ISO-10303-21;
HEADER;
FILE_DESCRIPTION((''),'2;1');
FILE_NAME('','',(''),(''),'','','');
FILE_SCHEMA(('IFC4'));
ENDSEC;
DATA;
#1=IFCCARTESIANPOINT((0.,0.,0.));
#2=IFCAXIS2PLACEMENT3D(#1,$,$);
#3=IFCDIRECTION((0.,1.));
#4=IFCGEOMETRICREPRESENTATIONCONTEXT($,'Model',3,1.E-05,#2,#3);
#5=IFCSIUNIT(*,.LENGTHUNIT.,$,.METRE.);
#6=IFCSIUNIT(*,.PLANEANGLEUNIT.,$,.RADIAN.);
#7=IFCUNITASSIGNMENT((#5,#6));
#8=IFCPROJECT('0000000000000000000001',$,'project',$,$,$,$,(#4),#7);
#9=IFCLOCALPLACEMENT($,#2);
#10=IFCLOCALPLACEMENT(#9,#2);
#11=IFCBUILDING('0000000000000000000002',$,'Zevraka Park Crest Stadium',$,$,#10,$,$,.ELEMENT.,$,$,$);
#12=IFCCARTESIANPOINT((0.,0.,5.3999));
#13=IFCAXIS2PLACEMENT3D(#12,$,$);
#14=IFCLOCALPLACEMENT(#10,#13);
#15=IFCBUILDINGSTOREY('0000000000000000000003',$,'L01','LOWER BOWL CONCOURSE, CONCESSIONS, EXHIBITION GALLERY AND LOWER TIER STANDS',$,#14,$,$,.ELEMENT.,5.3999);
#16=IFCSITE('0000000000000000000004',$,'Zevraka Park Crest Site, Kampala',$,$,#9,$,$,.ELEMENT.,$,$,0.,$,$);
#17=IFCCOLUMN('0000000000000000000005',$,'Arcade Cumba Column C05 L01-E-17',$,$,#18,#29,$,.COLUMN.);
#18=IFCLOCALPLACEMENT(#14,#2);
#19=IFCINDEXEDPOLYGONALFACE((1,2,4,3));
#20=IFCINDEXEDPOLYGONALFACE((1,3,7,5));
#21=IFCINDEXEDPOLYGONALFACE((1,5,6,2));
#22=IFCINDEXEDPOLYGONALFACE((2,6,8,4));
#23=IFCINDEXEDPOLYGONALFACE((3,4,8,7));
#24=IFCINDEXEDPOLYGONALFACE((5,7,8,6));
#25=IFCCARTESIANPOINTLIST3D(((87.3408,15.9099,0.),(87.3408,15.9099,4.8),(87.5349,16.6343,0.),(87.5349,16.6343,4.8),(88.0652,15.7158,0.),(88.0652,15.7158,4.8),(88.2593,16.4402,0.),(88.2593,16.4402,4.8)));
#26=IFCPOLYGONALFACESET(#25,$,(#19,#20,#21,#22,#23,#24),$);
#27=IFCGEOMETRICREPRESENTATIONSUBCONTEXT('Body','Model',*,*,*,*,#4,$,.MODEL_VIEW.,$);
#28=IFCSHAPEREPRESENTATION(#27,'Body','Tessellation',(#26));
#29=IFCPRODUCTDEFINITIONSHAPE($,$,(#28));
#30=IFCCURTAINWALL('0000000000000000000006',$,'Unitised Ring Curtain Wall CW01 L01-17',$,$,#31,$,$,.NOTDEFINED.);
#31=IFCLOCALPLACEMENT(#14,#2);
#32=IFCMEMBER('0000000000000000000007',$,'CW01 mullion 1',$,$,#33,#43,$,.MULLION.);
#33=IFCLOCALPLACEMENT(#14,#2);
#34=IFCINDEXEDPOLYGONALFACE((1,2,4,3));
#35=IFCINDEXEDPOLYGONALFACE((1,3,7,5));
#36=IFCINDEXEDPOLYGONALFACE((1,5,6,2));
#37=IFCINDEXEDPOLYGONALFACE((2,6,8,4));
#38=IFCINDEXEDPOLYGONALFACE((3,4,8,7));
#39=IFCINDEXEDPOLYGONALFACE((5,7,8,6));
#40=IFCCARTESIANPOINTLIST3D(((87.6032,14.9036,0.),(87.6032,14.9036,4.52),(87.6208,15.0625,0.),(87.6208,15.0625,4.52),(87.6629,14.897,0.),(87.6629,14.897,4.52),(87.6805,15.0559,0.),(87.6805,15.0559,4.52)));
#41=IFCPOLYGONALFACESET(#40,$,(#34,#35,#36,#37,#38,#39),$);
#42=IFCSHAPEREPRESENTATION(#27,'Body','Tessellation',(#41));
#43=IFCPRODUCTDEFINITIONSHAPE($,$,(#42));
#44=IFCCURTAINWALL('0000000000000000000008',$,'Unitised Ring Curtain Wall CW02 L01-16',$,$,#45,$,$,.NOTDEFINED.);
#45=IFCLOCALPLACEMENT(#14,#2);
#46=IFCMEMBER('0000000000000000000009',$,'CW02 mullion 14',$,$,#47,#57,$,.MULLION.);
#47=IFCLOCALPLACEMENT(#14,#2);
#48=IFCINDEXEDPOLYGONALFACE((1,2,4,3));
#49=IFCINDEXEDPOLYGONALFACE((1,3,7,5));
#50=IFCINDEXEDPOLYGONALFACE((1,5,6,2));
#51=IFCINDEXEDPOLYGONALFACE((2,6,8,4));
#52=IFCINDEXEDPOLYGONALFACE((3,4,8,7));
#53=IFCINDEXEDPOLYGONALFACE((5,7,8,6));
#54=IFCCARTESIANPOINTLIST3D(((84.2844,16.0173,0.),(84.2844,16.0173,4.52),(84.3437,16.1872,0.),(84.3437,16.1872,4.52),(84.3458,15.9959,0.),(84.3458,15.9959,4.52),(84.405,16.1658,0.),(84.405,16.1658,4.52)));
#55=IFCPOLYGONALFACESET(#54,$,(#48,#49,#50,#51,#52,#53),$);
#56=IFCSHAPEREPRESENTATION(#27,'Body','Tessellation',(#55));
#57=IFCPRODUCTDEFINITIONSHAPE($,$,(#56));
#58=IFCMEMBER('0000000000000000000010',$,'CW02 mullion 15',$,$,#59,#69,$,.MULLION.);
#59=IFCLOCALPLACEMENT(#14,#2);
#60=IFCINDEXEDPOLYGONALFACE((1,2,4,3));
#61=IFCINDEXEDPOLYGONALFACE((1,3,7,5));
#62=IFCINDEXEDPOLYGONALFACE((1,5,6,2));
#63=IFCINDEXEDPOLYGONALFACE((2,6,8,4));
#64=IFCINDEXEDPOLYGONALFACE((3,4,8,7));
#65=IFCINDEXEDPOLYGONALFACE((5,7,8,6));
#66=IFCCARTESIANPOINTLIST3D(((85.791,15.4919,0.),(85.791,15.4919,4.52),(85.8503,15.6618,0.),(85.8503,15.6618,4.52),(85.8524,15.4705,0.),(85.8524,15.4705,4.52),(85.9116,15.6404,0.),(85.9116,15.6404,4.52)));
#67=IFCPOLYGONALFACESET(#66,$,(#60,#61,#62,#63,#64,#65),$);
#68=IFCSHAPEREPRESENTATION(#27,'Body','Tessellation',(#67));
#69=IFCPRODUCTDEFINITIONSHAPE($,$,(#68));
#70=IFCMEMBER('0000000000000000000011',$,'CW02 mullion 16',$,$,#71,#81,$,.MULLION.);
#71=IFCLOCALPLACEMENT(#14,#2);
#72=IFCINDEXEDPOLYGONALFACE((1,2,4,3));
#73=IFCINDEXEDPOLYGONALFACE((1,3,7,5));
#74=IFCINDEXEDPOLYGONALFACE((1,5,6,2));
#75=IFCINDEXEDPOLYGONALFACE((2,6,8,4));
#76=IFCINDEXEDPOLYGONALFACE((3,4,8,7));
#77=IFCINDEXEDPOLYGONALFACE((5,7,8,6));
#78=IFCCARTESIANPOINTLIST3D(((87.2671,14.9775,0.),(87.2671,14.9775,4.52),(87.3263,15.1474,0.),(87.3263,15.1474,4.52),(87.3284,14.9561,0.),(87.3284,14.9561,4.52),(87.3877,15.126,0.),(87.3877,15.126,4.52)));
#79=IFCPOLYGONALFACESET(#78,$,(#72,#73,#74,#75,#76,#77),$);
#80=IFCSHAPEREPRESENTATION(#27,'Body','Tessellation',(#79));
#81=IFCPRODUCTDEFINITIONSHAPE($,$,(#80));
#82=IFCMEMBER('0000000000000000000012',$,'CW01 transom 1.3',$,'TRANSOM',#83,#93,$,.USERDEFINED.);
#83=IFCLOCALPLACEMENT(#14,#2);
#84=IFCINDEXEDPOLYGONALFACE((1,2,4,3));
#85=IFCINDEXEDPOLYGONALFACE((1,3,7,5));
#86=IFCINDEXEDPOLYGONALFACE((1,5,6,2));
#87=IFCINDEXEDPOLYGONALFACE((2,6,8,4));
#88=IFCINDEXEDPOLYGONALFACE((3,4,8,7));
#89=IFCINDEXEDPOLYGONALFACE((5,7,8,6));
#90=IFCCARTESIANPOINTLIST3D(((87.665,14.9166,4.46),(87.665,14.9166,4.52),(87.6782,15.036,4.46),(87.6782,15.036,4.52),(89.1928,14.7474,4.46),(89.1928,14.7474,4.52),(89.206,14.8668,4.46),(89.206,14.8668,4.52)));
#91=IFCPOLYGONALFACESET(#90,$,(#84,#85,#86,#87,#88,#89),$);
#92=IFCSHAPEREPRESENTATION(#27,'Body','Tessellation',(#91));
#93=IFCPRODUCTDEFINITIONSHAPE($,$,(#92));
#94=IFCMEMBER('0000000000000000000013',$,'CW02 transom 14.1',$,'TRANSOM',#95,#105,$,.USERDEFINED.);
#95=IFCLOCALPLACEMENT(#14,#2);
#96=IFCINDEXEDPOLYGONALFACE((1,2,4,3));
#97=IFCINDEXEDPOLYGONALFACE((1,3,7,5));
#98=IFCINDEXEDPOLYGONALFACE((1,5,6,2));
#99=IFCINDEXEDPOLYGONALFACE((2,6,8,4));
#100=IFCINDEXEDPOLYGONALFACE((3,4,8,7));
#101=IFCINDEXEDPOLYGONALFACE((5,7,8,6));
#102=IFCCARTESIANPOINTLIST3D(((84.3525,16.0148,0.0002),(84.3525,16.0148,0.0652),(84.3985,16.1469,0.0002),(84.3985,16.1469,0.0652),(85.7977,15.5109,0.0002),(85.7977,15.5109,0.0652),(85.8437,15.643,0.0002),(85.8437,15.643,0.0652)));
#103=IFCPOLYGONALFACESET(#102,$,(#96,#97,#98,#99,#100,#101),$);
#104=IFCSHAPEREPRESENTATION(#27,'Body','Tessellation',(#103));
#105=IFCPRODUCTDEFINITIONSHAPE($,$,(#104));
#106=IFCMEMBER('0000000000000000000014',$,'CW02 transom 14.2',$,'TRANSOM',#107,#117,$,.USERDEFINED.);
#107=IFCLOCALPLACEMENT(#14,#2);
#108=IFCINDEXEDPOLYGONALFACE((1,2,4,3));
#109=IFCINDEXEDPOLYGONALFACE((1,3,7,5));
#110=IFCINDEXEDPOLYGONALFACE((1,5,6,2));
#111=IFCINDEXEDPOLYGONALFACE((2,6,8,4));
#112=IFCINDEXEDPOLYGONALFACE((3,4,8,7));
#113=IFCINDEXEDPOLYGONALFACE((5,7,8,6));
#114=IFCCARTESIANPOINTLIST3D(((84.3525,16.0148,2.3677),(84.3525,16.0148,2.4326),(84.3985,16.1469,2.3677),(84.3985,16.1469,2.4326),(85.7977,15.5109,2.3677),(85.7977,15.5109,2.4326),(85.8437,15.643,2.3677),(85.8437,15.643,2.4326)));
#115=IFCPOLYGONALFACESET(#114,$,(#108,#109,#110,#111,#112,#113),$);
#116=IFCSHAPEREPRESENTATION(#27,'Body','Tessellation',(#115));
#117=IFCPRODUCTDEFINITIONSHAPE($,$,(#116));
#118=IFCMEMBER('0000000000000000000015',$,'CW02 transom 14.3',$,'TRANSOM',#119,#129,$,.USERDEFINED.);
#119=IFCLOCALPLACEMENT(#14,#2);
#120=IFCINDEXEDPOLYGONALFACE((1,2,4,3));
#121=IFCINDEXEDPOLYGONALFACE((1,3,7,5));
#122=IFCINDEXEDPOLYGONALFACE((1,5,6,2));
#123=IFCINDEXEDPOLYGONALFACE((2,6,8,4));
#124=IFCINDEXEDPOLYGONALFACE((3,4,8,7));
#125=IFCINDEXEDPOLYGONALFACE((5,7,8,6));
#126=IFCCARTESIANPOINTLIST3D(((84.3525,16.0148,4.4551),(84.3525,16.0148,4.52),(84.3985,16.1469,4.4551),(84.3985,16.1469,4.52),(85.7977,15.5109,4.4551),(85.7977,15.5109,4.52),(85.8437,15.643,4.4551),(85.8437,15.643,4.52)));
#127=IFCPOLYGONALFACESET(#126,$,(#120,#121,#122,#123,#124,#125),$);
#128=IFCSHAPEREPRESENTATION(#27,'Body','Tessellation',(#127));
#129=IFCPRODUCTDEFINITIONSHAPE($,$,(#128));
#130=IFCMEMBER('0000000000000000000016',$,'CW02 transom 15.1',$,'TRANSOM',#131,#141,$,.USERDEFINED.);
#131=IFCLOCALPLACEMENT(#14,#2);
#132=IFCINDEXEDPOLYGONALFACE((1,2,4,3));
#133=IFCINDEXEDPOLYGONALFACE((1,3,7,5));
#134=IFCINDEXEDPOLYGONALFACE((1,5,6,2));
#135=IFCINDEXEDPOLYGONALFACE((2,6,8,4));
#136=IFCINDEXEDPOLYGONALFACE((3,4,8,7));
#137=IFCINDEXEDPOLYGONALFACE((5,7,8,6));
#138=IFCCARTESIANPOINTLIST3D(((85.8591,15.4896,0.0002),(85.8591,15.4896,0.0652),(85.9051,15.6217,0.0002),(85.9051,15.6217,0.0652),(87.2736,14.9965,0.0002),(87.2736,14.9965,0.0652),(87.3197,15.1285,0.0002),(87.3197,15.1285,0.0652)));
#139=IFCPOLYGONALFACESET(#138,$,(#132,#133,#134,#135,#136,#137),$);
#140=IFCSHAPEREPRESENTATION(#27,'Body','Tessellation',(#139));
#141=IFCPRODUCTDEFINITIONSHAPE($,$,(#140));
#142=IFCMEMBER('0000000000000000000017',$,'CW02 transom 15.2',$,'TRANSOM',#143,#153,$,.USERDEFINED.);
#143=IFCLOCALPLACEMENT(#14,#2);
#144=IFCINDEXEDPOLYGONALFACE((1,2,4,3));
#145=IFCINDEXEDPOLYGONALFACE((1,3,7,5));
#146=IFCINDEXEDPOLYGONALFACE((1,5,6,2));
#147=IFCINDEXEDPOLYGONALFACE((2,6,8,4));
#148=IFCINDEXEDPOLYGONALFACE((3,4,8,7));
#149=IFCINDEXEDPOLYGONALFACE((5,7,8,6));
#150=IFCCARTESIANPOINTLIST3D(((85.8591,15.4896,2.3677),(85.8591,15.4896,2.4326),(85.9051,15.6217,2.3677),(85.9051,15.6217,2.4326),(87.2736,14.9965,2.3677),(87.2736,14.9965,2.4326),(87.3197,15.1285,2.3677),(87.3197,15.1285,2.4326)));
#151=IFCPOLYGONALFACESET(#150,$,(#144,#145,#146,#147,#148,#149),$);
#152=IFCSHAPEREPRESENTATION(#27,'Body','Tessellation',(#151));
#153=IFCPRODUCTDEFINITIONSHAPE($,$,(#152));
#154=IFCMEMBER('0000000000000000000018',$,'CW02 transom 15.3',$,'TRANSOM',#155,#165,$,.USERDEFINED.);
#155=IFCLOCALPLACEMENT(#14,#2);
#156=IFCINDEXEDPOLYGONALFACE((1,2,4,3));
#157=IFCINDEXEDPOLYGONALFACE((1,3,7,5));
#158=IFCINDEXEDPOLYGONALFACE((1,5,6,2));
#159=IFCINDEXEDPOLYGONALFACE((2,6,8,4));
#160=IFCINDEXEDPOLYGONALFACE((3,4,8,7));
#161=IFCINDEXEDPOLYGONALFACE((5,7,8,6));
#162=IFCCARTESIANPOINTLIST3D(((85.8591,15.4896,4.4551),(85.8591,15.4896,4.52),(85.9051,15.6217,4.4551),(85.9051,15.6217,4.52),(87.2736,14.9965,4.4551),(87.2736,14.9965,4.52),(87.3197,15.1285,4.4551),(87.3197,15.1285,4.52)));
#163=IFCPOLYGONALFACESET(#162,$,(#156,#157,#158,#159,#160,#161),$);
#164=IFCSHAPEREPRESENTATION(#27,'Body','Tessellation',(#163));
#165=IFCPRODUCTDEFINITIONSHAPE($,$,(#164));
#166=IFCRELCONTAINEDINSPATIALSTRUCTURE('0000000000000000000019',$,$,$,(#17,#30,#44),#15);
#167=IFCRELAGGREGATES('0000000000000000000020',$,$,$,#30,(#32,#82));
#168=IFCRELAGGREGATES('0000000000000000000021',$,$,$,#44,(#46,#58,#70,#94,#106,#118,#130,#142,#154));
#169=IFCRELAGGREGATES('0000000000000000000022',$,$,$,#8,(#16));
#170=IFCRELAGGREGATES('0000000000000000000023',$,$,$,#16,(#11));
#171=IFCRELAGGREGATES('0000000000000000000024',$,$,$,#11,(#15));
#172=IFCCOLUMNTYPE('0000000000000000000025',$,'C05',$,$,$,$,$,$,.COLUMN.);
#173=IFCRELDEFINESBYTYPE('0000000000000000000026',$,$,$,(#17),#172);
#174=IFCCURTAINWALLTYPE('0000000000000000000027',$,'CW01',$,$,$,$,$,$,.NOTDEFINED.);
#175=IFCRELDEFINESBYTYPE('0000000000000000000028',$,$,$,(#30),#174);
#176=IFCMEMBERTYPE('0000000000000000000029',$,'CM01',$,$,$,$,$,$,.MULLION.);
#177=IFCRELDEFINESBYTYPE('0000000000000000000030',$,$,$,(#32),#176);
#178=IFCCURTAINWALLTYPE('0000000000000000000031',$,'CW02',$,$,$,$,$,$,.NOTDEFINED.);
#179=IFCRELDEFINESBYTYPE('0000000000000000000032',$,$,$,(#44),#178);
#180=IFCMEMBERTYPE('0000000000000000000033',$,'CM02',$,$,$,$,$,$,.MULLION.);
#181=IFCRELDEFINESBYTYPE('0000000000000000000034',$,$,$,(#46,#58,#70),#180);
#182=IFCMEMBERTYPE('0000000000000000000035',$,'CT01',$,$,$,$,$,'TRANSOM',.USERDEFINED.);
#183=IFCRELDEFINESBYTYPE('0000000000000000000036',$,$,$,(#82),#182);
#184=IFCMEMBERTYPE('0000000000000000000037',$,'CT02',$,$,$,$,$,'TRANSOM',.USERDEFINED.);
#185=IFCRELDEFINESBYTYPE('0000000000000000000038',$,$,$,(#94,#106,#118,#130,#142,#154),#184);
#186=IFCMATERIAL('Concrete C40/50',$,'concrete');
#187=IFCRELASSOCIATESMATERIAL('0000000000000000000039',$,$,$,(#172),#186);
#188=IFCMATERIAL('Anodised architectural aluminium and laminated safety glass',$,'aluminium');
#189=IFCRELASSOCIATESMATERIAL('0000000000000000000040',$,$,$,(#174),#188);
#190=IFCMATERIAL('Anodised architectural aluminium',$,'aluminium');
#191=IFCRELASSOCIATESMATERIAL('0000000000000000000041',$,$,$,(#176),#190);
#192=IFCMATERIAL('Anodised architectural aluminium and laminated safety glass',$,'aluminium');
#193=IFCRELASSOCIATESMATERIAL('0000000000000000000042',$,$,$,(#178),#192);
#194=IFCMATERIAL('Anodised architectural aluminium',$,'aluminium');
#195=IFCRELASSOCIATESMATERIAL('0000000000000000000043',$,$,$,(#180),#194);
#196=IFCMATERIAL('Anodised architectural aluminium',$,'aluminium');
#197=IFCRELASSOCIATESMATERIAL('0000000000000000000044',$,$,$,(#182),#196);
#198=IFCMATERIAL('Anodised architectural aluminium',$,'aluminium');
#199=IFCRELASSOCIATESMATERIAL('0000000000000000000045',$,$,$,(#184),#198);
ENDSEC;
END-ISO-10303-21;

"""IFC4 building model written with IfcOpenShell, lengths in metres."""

from ifc_helpers import new_model, si_unit, direction, frame, origin, origin_2d, place, context, subcontext, project, spatial, rectangle, extrude, material, material_profile, profile_set, type_object, element, aggregate, save


model = new_model("IFC4")

# Units and contexts
model_context = context("Model", 3, precision=1e-05, world=origin(), true_north=direction((0.0, 1.0)))
body_context = subcontext(model_context, "Body", "Model", "MODEL_VIEW")
ifc_project = project(units=[si_unit("LENGTHUNIT", "METRE"), si_unit("PLANEANGLEUNIT", "RADIAN")], contexts=[model_context])

# Site, building, storey
site_placement = place(None, origin())
site = spatial("IfcSite", under=ifc_project, at=site_placement, Name="Zevraka Park Crest Site, Kampala", CompositionType="ELEMENT", RefElevation=0.0)
building_placement = place(site_placement, origin())
building = spatial("IfcBuilding", under=site, at=building_placement, Name="Zevraka Park Crest Stadium", CompositionType="ELEMENT")
storey_placement = place(building_placement, frame((0.0, 0.0, 5.3999)))
storey = spatial("IfcBuildingStorey", under=building, at=storey_placement, Name="L01", Description="LOWER BOWL CONCOURSE, CONCESSIONS, EXHIBITION GALLERY AND LOWER TIER STANDS", CompositionType="ELEMENT", Elevation=5.3999)

# Column
ifc_material_1 = material(Name="Concrete C40/50", Category="concrete")
ifc_material_profile_1 = material_profile(ifc_material_1, rectangle(XDim=0.75, YDim=0.75, at=origin_2d()), Name="RC 750x750")
ifc_profile_set_1 = profile_set([ifc_material_profile_1], Name="Concrete C40/50")
column_type = type_object("IfcColumnType", Name="C05", PredefinedType="COLUMN", material=ifc_profile_set_1)
column_placement = place(storey_placement, frame((87.8, 16.175, 0.0), z_axis=(0.0, 0.0, 1.0), x_axis=(0.258819, 0.965926, 0.0)))
element("IfcColumn", 1, at=column_placement, inside=storey, type_object=column_type, Name="Arcade Cumba Column C05 L01-E-17", PredefinedType="COLUMN", context=body_context, shape_type="SweptSolid", body=[
    extrude(rectangle(XDim=0.75, YDim=0.75, at=origin_2d()), origin(), (0.0, 0.0, 1.0), 4.8),
])

# Curtain wall, member
ifc_material_2 = material(Name="Anodised architectural aluminium and laminated safety glass", Category="aluminium")
curtain_wall_type_1 = type_object("IfcCurtainWallType", Name="CW01", PredefinedType="NOTDEFINED", material=ifc_material_2)
curtain_wall_1_placement = place(storey_placement, origin())
curtain_wall_1 = element("IfcCurtainWall", 2, at=curtain_wall_1_placement, inside=storey, type_object=curtain_wall_type_1, Name="Unitised Ring Curtain Wall CW01 L01-17", PredefinedType="NOTDEFINED")
ifc_material_3 = material(Name="Anodised architectural aluminium", Category="aluminium")
ifc_material_profile_2 = material_profile(ifc_material_3, rectangle(XDim=0.1599, YDim=0.0601, at=origin_2d()), Name="ALU MULLION 160x60")
ifc_profile_set_2 = profile_set([ifc_material_profile_2], Name="Anodised architectural aluminium")
member_type_1 = type_object("IfcMemberType", Name="CM01", PredefinedType="MULLION", material=ifc_profile_set_2)
member_1_placement = place(storey_placement, frame((87.6418, 14.9797, 0.0), z_axis=(0.0, 0.0, 1.0), x_axis=(0.110135, 0.993917, 0.0)))
member_1 = element("IfcMember", 3, at=member_1_placement, type_object=member_type_1, Name="CW01 mullion 1", PredefinedType="MULLION", context=body_context, shape_type="SweptSolid", body=[
    extrude(rectangle(XDim=0.1599, YDim=0.0601, at=origin_2d()), origin(), (0.0, 0.0, 1.0), 4.52),
])

# Curtain wall, members
ifc_material_4 = material(Name="Anodised architectural aluminium and laminated safety glass", Category="aluminium")
curtain_wall_type_2 = type_object("IfcCurtainWallType", Name="CW02", PredefinedType="NOTDEFINED", material=ifc_material_4)
curtain_wall_2_placement = place(storey_placement, origin())
curtain_wall_2 = element("IfcCurtainWall", 4, at=curtain_wall_2_placement, inside=storey, type_object=curtain_wall_type_2, Name="Unitised Ring Curtain Wall CW02 L01-16", PredefinedType="NOTDEFINED")
ifc_material_5 = material(Name="Anodised architectural aluminium", Category="aluminium")
ifc_material_profile_3 = material_profile(ifc_material_5, rectangle(XDim=0.1799, YDim=0.0649, at=origin_2d()), Name="ALU MULLION 180x65")
ifc_profile_set_3 = profile_set([ifc_material_profile_3], Name="Anodised architectural aluminium")
member_type_2 = type_object("IfcMemberType", Name="CM02", PredefinedType="MULLION", material=ifc_profile_set_3)
member_2_placement = place(storey_placement, frame((84.3447, 16.0916, 0.0), z_axis=(0.0, 0.0, 1.0), x_axis=(0.329209, 0.944257, 0.0)))
member_2 = element("IfcMember", 5, at=member_2_placement, type_object=member_type_2, Name="CW02 mullion 14", PredefinedType="MULLION", context=body_context, shape_type="SweptSolid", body=[
    extrude(rectangle(XDim=0.1799, YDim=0.0649, at=origin_2d()), origin(), (0.0, 0.0, 1.0), 4.52),
])
member_3_placement = place(storey_placement, frame((85.8513, 15.5662, 0.0), z_axis=(0.0, 0.0, 1.0), x_axis=(0.329209, 0.944257, 0.0)))
member_3 = element("IfcMember", 6, at=member_3_placement, type_object=member_type_2, Name="CW02 mullion 15", PredefinedType="MULLION", context=body_context, shape_type="SweptSolid", body=[
    extrude(rectangle(XDim=0.1799, YDim=0.0649, at=origin_2d()), origin(), (0.0, 0.0, 1.0), 4.52),
])
member_4_placement = place(storey_placement, frame((87.3274, 15.0518, 0.0), z_axis=(0.0, 0.0, 1.0), x_axis=(0.329209, 0.944257, 0.0)))
member_4 = element("IfcMember", 7, at=member_4_placement, type_object=member_type_2, Name="CW02 mullion 16", PredefinedType="MULLION", context=body_context, shape_type="SweptSolid", body=[
    extrude(rectangle(XDim=0.1799, YDim=0.0649, at=origin_2d()), origin(), (0.0, 0.0, 1.0), 4.52),
])

# Members
ifc_material_6 = material(Name="Anodised architectural aluminium", Category="aluminium")
ifc_material_profile_4 = material_profile(ifc_material_6, rectangle(XDim=0.1201, YDim=0.0601, at=origin_2d()), Name="ALU TRANSOM 120x60")
ifc_profile_set_4 = profile_set([ifc_material_profile_4], Name="Anodised architectural aluminium")
member_type_3 = type_object("IfcMemberType", Name="CT01", ElementType="TRANSOM", PredefinedType="USERDEFINED", material=ifc_profile_set_4)
member_5_placement = place(storey_placement, frame((87.6716, 14.9763, 4.49), z_axis=(0.993924, -0.110065, 0.0), x_axis=(0.110065, 0.993924, 0.0)))
member_5 = element("IfcMember", 8, at=member_5_placement, type_object=member_type_3, Name="CW01 transom 1.3", ObjectType="TRANSOM", PredefinedType="USERDEFINED", context=body_context, shape_type="SweptSolid", body=[
    extrude(rectangle(XDim=0.1201, YDim=0.0601, at=origin_2d()), origin(), (0.0, 0.0, 1.0), 1.5371),
])
aggregate(curtain_wall_1, [member_1, member_5])
ifc_material_7 = material(Name="Anodised architectural aluminium", Category="aluminium")
ifc_material_profile_5 = material_profile(ifc_material_7, rectangle(XDim=0.1399, YDim=0.0649, at=origin_2d()), Name="ALU TRANSOM 140x65")
ifc_profile_set_5 = profile_set([ifc_material_profile_5], Name="Anodised architectural aluminium")
member_type_4 = type_object("IfcMemberType", Name="CT02", ElementType="TRANSOM", PredefinedType="USERDEFINED", material=ifc_profile_set_5)
member_6_placement = place(storey_placement, frame((84.3755, 16.0808, 0.0327), z_axis=(0.944256, -0.329213, 0.0), x_axis=(0.329213, 0.944256, 0.0)))
member_6 = element("IfcMember", 9, at=member_6_placement, type_object=member_type_4, Name="CW02 transom 14.1", ObjectType="TRANSOM", PredefinedType="USERDEFINED", context=body_context, shape_type="SweptSolid", body=[
    extrude(rectangle(XDim=0.1399, YDim=0.0649, at=origin_2d()), origin(), (0.0, 0.0, 1.0), 1.5305),
])
member_7_placement = place(storey_placement, frame((84.3755, 16.0808, 2.4001), z_axis=(0.944256, -0.329213, 0.0), x_axis=(0.329213, 0.944256, 0.0)))
member_7 = element("IfcMember", 10, at=member_7_placement, type_object=member_type_4, Name="CW02 transom 14.2", ObjectType="TRANSOM", PredefinedType="USERDEFINED", context=body_context, shape_type="SweptSolid", body=[
    extrude(rectangle(XDim=0.1399, YDim=0.0649, at=origin_2d()), origin(), (0.0, 0.0, 1.0), 1.5305),
])
member_8_placement = place(storey_placement, frame((84.3755, 16.0808, 4.4875), z_axis=(0.944256, -0.329213, 0.0), x_axis=(0.329213, 0.944256, 0.0)))
member_8 = element("IfcMember", 11, at=member_8_placement, type_object=member_type_4, Name="CW02 transom 14.3", ObjectType="TRANSOM", PredefinedType="USERDEFINED", context=body_context, shape_type="SweptSolid", body=[
    extrude(rectangle(XDim=0.1399, YDim=0.0649, at=origin_2d()), origin(), (0.0, 0.0, 1.0), 1.5305),
])
member_9_placement = place(storey_placement, frame((85.8821, 15.5557, 0.0327), z_axis=(0.944259, -0.329203, 0.0), x_axis=(0.329203, 0.944259, 0.0)))
member_9 = element("IfcMember", 12, at=member_9_placement, type_object=member_type_4, Name="CW02 transom 15.1", ObjectType="TRANSOM", PredefinedType="USERDEFINED", context=body_context, shape_type="SweptSolid", body=[
    extrude(rectangle(XDim=0.1399, YDim=0.0649, at=origin_2d()), origin(), (0.0, 0.0, 1.0), 1.498),
])
member_10_placement = place(storey_placement, frame((85.8821, 15.5557, 2.4001), z_axis=(0.944259, -0.329203, 0.0), x_axis=(0.329203, 0.944259, 0.0)))
member_10 = element("IfcMember", 13, at=member_10_placement, type_object=member_type_4, Name="CW02 transom 15.2", ObjectType="TRANSOM", PredefinedType="USERDEFINED", context=body_context, shape_type="SweptSolid", body=[
    extrude(rectangle(XDim=0.1399, YDim=0.0649, at=origin_2d()), origin(), (0.0, 0.0, 1.0), 1.498),
])
member_11_placement = place(storey_placement, frame((85.8821, 15.5557, 4.4875), z_axis=(0.944259, -0.329203, 0.0), x_axis=(0.329203, 0.944259, 0.0)))
member_11 = element("IfcMember", 14, at=member_11_placement, type_object=member_type_4, Name="CW02 transom 15.3", ObjectType="TRANSOM", PredefinedType="USERDEFINED", context=body_context, shape_type="SweptSolid", body=[
    extrude(rectangle(XDim=0.1399, YDim=0.0649, at=origin_2d()), origin(), (0.0, 0.0, 1.0), 1.498),
])

aggregate(curtain_wall_2, [member_2, member_3, member_4, member_6, member_7, member_8, member_9, member_10, member_11])

save(model, "model.ifc")
